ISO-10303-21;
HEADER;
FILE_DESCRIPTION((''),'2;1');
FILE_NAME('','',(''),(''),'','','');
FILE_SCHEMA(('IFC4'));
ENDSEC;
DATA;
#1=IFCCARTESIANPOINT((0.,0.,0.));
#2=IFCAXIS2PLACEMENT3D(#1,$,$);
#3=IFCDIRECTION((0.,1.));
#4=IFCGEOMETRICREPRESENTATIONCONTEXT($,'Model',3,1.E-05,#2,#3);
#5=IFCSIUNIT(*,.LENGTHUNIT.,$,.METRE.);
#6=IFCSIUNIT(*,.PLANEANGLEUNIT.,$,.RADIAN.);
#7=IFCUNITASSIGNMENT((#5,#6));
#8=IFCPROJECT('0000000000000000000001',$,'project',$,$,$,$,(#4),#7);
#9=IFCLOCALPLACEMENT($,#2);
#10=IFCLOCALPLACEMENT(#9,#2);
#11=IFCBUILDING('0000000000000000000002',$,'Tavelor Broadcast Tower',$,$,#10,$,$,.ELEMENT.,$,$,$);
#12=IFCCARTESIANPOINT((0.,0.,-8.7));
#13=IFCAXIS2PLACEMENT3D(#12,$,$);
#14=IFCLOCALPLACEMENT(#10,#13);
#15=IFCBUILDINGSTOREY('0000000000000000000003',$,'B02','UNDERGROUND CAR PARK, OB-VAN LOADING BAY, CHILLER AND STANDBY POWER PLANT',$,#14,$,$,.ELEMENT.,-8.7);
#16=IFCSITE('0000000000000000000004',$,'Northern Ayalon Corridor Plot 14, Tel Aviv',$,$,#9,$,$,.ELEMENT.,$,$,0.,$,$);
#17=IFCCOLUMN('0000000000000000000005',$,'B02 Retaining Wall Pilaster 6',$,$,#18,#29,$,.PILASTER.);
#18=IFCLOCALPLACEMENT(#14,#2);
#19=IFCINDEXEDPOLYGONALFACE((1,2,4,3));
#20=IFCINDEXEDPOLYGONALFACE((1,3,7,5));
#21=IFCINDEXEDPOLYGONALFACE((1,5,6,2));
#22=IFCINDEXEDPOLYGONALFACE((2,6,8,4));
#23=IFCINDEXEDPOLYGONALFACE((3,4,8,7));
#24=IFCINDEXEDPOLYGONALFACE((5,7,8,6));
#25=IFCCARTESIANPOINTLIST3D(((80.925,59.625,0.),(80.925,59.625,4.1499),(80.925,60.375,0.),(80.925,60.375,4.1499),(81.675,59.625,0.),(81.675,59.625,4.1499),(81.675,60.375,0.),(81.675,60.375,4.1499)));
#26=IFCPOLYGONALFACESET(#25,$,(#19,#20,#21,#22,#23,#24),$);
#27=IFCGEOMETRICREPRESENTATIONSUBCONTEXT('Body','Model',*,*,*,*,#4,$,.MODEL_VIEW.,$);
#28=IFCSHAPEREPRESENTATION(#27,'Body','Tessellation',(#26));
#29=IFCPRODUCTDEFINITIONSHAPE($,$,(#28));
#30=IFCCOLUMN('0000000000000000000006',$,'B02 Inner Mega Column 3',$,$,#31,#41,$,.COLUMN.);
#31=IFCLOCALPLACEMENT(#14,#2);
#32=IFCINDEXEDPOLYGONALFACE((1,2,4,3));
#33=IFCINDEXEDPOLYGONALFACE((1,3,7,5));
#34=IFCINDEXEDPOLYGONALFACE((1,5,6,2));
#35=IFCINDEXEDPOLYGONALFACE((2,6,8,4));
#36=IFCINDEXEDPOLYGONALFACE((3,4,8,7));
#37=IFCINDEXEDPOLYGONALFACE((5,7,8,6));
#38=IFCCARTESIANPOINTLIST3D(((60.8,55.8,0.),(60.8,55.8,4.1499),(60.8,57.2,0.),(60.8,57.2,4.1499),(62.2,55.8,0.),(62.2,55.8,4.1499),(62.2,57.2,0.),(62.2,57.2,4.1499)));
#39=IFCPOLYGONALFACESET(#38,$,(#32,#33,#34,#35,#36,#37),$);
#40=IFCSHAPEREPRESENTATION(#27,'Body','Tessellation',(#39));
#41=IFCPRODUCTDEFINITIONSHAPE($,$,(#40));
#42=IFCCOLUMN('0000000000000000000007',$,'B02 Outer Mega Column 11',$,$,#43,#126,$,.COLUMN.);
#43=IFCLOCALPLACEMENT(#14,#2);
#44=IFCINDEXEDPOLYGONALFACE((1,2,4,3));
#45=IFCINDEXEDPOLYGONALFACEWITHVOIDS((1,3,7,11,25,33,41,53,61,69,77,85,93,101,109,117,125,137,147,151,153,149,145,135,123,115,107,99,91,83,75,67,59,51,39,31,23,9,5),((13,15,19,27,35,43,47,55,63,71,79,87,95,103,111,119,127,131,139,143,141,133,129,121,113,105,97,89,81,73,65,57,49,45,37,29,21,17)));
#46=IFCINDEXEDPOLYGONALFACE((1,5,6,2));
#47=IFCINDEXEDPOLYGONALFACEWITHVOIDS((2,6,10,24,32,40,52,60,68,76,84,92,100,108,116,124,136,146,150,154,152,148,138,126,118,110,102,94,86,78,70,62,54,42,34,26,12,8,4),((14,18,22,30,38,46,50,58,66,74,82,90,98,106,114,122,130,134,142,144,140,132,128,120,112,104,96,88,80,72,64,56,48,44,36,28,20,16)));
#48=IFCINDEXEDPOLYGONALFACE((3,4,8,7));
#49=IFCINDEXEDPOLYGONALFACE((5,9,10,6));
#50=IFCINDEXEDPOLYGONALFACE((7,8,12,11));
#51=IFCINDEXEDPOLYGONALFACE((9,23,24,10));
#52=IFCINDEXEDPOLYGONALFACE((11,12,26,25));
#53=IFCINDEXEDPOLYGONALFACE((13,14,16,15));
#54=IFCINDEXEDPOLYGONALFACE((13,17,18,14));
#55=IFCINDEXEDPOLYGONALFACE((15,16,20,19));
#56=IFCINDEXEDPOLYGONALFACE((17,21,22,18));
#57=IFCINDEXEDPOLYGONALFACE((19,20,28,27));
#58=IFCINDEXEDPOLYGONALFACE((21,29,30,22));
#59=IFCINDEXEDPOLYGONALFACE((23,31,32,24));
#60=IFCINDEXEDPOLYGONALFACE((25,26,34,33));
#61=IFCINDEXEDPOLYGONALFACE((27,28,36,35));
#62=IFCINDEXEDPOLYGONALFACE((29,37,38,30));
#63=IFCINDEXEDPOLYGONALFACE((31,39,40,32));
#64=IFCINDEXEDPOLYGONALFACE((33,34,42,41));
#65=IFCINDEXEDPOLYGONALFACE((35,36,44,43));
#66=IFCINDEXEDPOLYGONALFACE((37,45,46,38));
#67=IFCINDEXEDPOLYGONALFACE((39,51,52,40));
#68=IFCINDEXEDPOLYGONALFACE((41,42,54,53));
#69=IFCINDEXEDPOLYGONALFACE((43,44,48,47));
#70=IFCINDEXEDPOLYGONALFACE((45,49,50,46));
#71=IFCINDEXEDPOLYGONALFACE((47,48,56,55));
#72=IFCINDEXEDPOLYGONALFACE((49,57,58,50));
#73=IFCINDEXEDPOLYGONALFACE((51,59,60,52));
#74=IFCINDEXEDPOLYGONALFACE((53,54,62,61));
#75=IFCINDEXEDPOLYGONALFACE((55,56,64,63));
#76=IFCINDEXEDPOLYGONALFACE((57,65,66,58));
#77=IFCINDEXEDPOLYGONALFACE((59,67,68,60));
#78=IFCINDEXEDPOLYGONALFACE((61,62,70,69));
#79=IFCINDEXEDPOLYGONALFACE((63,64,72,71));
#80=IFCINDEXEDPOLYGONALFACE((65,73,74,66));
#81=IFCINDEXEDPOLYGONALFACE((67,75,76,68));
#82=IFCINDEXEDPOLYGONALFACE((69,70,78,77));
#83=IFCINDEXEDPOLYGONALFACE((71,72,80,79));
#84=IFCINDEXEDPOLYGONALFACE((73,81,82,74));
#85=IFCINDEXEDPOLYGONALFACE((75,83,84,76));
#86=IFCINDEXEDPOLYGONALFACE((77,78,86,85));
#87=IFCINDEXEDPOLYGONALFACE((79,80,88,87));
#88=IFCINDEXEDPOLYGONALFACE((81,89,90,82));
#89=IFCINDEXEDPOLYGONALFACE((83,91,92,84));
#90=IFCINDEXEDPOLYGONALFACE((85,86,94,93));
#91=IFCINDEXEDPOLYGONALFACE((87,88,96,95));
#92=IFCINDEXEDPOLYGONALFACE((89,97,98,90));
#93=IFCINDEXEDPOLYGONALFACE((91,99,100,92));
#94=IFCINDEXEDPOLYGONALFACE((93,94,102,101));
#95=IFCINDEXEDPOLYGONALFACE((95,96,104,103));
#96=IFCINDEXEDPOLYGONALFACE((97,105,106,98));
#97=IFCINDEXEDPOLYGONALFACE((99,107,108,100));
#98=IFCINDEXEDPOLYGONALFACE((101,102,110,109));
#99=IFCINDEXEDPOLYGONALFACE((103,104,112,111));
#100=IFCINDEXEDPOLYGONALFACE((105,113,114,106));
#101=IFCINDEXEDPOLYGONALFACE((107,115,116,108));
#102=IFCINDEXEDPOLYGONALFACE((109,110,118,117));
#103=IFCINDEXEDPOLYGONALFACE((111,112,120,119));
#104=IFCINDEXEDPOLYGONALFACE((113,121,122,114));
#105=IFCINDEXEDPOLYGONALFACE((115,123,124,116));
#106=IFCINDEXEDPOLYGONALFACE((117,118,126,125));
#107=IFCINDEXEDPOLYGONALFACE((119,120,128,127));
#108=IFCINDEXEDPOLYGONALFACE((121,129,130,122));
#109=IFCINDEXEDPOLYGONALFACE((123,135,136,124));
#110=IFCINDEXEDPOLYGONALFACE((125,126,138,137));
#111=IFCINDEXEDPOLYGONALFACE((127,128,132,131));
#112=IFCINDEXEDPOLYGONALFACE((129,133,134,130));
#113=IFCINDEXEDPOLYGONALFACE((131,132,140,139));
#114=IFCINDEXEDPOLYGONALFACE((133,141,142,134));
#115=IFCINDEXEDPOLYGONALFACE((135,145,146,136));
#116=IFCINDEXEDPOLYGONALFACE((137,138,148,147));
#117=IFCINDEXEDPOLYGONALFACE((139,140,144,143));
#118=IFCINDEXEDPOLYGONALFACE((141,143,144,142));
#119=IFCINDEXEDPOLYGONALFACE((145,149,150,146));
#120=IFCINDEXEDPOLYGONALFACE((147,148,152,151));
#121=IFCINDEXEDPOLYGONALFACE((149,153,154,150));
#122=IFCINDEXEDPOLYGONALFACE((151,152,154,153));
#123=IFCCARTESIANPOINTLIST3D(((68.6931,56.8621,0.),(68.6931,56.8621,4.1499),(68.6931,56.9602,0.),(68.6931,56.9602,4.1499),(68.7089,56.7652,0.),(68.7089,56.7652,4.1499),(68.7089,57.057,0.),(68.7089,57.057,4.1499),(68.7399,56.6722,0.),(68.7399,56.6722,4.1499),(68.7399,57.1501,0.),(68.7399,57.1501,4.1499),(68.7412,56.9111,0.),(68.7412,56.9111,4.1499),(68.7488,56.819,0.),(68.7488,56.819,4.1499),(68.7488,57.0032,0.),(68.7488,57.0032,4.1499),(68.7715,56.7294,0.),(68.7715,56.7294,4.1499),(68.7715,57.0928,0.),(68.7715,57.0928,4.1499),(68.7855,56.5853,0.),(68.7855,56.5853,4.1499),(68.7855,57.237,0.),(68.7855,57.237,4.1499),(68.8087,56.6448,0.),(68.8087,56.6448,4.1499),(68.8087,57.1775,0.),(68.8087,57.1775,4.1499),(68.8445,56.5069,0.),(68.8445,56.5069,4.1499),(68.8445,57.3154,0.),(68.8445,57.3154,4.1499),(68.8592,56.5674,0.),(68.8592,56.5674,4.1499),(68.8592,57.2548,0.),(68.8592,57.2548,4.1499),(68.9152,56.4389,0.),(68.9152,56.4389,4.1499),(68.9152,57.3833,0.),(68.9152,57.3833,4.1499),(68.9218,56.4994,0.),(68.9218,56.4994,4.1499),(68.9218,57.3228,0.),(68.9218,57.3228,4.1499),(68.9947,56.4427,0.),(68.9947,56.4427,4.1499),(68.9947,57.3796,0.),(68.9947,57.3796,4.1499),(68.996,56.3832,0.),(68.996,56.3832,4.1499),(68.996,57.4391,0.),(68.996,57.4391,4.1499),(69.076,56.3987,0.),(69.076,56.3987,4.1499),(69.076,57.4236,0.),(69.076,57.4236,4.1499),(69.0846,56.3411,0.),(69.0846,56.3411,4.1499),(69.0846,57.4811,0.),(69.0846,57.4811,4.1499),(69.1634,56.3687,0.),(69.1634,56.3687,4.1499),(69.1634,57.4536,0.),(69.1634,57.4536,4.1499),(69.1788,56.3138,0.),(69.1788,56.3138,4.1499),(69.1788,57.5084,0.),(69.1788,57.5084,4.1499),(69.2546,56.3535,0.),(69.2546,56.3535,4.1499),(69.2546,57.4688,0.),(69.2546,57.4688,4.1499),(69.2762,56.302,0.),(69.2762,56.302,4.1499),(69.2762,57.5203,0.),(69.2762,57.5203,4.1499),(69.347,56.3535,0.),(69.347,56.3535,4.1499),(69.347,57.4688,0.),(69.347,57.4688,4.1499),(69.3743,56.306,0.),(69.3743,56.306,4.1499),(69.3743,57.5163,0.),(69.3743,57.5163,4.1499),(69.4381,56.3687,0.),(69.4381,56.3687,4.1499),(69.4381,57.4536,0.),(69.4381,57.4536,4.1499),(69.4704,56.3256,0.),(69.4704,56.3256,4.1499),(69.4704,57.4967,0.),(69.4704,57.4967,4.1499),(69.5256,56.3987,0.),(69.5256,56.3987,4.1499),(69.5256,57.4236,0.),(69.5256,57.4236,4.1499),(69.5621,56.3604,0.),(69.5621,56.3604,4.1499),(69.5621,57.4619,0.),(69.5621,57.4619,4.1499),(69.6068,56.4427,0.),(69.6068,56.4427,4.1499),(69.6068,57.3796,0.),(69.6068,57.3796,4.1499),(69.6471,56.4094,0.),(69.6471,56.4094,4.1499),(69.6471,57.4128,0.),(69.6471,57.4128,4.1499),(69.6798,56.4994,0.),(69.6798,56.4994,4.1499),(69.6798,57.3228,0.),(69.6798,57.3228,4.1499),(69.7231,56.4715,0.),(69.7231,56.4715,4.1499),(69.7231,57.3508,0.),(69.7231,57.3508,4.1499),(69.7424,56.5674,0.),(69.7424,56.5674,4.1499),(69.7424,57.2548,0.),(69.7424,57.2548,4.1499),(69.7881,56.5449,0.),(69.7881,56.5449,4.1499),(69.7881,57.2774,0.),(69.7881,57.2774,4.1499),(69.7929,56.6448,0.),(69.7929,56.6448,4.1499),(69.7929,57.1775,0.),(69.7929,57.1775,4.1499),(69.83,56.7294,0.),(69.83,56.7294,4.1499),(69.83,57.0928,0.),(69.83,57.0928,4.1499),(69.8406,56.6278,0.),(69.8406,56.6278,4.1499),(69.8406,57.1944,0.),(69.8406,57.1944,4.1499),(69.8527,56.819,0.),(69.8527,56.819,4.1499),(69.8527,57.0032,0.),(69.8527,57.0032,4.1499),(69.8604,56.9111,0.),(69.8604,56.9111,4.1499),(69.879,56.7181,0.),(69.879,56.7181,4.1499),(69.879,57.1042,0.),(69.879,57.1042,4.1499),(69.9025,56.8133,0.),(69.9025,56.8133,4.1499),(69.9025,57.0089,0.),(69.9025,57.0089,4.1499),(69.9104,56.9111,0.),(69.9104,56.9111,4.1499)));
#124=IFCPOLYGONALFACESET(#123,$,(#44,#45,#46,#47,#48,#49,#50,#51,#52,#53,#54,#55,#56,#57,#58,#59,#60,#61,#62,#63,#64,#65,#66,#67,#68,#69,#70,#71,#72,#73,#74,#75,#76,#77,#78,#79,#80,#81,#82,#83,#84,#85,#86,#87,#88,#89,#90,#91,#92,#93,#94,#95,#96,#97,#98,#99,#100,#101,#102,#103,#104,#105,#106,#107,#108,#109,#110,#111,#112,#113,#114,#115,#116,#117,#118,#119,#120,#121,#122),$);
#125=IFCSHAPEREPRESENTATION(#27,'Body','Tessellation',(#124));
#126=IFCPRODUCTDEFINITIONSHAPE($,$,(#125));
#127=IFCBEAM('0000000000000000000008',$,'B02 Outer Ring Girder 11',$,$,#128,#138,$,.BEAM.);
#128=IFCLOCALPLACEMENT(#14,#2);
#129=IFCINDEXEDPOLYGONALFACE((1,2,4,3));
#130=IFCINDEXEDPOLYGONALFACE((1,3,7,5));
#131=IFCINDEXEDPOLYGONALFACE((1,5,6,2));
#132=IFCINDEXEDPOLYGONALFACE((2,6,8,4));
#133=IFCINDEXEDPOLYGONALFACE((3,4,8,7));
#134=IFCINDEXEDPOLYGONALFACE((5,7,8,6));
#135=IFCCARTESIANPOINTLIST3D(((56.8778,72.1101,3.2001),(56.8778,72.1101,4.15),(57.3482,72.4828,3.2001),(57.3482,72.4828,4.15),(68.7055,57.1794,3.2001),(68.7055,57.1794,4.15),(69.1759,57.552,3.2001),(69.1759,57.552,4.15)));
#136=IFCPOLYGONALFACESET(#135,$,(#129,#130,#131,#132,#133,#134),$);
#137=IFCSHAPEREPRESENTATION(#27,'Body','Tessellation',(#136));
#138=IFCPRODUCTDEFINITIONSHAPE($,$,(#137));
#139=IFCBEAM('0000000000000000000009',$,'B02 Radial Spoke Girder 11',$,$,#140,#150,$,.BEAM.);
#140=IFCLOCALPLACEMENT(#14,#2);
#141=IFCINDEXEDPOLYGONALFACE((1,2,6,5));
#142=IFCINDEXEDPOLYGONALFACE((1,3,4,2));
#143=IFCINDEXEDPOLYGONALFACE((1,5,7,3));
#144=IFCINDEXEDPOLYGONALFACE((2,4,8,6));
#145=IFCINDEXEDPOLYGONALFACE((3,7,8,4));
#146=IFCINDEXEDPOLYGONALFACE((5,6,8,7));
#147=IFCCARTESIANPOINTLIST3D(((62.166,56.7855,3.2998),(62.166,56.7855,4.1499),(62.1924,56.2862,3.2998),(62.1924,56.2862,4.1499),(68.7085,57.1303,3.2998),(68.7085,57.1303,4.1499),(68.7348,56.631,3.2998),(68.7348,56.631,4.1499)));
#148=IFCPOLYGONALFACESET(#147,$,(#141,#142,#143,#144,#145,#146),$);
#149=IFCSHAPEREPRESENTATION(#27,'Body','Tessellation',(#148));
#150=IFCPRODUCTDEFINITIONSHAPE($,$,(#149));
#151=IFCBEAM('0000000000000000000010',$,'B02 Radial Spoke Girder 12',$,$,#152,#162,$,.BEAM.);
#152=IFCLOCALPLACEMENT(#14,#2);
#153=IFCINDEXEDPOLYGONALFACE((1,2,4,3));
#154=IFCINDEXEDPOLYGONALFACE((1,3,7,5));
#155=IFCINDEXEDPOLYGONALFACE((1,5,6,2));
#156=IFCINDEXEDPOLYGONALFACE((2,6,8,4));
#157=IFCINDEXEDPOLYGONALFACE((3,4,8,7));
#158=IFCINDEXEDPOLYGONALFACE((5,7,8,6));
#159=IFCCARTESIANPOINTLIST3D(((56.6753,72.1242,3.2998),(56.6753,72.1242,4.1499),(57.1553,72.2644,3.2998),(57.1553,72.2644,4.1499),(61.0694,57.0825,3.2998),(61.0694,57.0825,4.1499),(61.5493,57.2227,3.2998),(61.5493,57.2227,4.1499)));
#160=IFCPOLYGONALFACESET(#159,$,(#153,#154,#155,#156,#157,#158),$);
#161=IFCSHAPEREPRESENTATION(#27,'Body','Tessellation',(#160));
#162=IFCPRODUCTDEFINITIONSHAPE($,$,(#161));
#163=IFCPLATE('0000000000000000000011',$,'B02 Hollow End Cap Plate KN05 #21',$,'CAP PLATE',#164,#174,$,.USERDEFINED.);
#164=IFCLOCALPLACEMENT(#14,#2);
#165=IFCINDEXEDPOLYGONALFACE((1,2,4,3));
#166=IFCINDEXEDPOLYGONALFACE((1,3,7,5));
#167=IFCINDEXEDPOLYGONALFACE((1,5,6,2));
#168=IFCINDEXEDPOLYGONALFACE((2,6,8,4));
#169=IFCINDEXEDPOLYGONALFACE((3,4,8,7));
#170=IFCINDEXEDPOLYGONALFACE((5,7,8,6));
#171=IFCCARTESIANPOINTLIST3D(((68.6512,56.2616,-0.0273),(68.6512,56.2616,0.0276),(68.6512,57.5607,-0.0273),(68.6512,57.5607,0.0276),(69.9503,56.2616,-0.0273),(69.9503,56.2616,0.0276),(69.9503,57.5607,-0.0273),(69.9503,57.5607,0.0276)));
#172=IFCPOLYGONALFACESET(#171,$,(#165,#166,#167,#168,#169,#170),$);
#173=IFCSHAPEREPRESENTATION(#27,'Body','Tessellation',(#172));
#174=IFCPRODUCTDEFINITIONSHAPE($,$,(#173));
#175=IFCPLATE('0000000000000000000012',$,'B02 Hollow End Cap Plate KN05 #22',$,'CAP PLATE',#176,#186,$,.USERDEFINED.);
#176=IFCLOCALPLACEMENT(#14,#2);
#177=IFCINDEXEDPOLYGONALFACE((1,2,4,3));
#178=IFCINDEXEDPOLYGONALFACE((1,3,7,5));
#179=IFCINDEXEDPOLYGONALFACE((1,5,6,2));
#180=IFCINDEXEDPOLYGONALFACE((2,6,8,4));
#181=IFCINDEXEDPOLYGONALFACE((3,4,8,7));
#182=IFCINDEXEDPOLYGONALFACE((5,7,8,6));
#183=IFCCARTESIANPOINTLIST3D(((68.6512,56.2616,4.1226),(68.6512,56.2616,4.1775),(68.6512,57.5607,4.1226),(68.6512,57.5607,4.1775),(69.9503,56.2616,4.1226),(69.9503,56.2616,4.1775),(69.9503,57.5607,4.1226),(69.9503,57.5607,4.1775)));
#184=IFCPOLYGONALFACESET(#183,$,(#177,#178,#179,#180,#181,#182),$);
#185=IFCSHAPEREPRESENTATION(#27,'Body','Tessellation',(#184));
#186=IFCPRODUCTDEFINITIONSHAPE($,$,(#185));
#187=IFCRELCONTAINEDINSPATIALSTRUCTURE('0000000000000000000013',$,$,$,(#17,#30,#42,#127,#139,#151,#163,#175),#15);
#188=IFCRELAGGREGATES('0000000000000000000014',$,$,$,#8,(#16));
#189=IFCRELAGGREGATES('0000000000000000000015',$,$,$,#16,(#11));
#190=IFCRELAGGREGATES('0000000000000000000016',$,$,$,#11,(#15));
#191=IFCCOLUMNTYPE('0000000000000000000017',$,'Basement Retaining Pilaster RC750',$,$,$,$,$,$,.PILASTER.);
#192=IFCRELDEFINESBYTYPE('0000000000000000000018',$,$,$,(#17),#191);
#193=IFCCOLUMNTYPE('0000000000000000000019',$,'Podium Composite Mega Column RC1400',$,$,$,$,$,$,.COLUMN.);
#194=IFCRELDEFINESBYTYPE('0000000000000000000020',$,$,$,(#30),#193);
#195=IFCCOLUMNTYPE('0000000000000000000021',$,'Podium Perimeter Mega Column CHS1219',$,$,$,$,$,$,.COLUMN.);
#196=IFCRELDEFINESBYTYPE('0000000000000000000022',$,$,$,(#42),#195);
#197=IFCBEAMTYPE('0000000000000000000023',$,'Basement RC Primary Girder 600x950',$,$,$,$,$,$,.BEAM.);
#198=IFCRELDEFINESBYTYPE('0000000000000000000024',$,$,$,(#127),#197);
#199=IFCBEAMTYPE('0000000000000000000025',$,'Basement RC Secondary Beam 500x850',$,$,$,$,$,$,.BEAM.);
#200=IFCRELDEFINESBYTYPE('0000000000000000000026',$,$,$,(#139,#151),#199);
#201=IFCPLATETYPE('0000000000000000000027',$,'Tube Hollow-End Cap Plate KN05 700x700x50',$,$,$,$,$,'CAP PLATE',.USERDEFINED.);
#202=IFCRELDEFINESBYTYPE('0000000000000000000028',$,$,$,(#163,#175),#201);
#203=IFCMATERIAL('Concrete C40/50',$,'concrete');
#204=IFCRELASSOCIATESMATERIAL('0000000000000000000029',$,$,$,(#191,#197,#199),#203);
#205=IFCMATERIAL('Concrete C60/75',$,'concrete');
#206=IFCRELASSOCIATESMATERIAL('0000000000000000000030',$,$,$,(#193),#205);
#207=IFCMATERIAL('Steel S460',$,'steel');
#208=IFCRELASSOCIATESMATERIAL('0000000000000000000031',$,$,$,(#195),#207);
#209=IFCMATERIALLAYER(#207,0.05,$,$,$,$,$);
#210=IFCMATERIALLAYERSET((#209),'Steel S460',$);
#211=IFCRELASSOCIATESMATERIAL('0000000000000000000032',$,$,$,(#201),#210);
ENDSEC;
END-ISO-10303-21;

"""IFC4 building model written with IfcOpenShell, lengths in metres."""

from ifc_helpers import new_model, si_unit, direction, frame, origin, origin_2d, place, context, subcontext, project, spatial, rectangle, hollow_circle, extrude, source, transform, mapped, material, layer, layer_set, material_profile, profile_set, type_object, type_shapes, element, save


model = new_model("IFC4")

# Units and contexts
model_context = context("Model", 3, precision=1e-05, world=origin(), true_north=direction((0.0, 1.0)))
body_context = subcontext(model_context, "Body", "Model", "MODEL_VIEW")
ifc_project = project(units=[si_unit("LENGTHUNIT", "METRE"), si_unit("PLANEANGLEUNIT", "RADIAN")], contexts=[model_context])

# Site, building, storey
site_placement = place(None, origin())
site = spatial("IfcSite", under=ifc_project, at=site_placement, Name="Northern Ayalon Corridor Plot 14, Tel Aviv", CompositionType="ELEMENT", RefElevation=0.0)
building_placement = place(site_placement, origin())
building = spatial("IfcBuilding", under=site, at=building_placement, Name="Tavelor Broadcast Tower", CompositionType="ELEMENT")
storey_placement = place(building_placement, frame((0.0, 0.0, -8.7)))
storey = spatial("IfcBuildingStorey", under=building, at=storey_placement, Name="B02", Description="UNDERGROUND CAR PARK, OB-VAN LOADING BAY, CHILLER AND STANDBY POWER PLANT", CompositionType="ELEMENT", Elevation=-8.7)

# Shared definitions
ifc_material_1 = material(Name="Concrete C40/50", Category="concrete")

# Columns
ifc_material_profile_1 = material_profile(ifc_material_1, rectangle(XDim=0.75, YDim=0.75, at=origin_2d()), Name="RC 750x750")
ifc_profile_set_1 = profile_set([ifc_material_profile_1], Name="Concrete C40/50")
column_type_1 = type_object("IfcColumnType", Name="Basement Retaining Pilaster RC750", PredefinedType="PILASTER", material=ifc_profile_set_1)
column_1_placement = place(storey_placement, frame((81.3, 60.0, 0.0), z_axis=(0.0, 0.0, 1.0), x_axis=(1.0, 0.0, 0.0)))
element("IfcColumn", 1, at=column_1_placement, inside=storey, type_object=column_type_1, Name="B02 Retaining Wall Pilaster 6", PredefinedType="PILASTER", context=body_context, shape_type="SweptSolid", body=[
    extrude(rectangle(XDim=0.75, YDim=0.75, at=origin_2d()), origin(), (0.0, 0.0, 1.0), 4.1499),
])
ifc_material_2 = material(Name="Concrete C60/75", Category="concrete")
ifc_material_profile_2 = material_profile(ifc_material_2, rectangle(XDim=1.3999, YDim=1.3999, at=origin_2d()), Name="RC 1400x1400")
ifc_profile_set_2 = profile_set([ifc_material_profile_2], Name="Concrete C60/75")
column_type_2 = type_object("IfcColumnType", Name="Podium Composite Mega Column RC1400", PredefinedType="COLUMN", material=ifc_profile_set_2)
column_2_placement = place(storey_placement, frame((61.5, 56.5, 0.0), z_axis=(0.0, 0.0, 1.0), x_axis=(1.0, 0.0, 0.0)))
element("IfcColumn", 2, at=column_2_placement, inside=storey, type_object=column_type_2, Name="B02 Inner Mega Column 3", PredefinedType="COLUMN", context=body_context, shape_type="SweptSolid", body=[
    extrude(rectangle(XDim=1.3999, YDim=1.3999, at=origin_2d()), origin(), (0.0, 0.0, 1.0), 4.1499),
])
ifc_material_3 = material(Name="Steel S460", Category="steel")
ifc_material_profile_3 = material_profile(ifc_material_3, hollow_circle(Radius=0.6096, WallThickness=0.05, at=origin_2d()), Name="CHS 1219x50")
ifc_profile_set_3 = profile_set([ifc_material_profile_3], Name="Steel S460")
column_type_3 = type_object("IfcColumnType", Name="Podium Perimeter Mega Column CHS1219", PredefinedType="COLUMN", material=ifc_profile_set_3)
column_3_placement = place(storey_placement, frame((69.3008, 56.9111, 0.0), z_axis=(0.0, 0.0, 1.0), x_axis=(1.0, 0.0, 0.0)))
element("IfcColumn", 3, at=column_3_placement, inside=storey, type_object=column_type_3, Name="B02 Outer Mega Column 11", PredefinedType="COLUMN", context=body_context, shape_type="SweptSolid", body=[
    extrude(hollow_circle(Radius=0.6096, WallThickness=0.05, at=origin_2d()), origin(), (0.0, 0.0, 1.0), 4.1499),
])

# Beams
ifc_material_profile_4 = material_profile(ifc_material_1, rectangle(XDim=0.6001, YDim=0.95, at=origin_2d()), Name="RC 600x950")
ifc_profile_set_4 = profile_set([ifc_material_profile_4], Name="Concrete C40/50")
beam_type_1 = type_object("IfcBeamType", Name="Basement RC Primary Girder 600x950", PredefinedType="BEAM", material=ifc_profile_set_4)
beam_1_placement = place(storey_placement, frame((68.9407, 57.3657, 3.675), z_axis=(-0.620946, 0.783853, 0.0), x_axis=(-0.783853, -0.620946, 0.0)))
element("IfcBeam", 4, at=beam_1_placement, inside=storey, type_object=beam_type_1, Name="B02 Outer Ring Girder 11", PredefinedType="BEAM", context=body_context, shape_type="SweptSolid", body=[
    extrude(rectangle(XDim=0.6001, YDim=0.95, at=origin_2d()), origin(), (0.0, 0.0, 1.0), 19.0479),
])
ifc_material_profile_5 = material_profile(ifc_material_1, rectangle(XDim=0.5, YDim=0.8501, at=origin_2d()), Name="RC 500x850")
ifc_profile_set_5 = profile_set([ifc_material_profile_5], Name="Concrete C40/50")
beam_type_2 = type_object("IfcBeamType", Name="Basement RC Secondary Beam 500x850", PredefinedType="BEAM", material=ifc_profile_set_5)
beam_2_placement = place(storey_placement, frame((62.1792, 56.5359, 3.7249), z_axis=(0.998615, 0.052618, 0.0), x_axis=(-0.052618, 0.998615, 0.0)))
element("IfcBeam", 5, at=beam_2_placement, inside=storey, type_object=beam_type_2, Name="B02 Radial Spoke Girder 11", PredefinedType="BEAM", context=body_context, shape_type="SweptSolid", body=[
    extrude(rectangle(XDim=0.5, YDim=0.8501, at=origin_2d()), origin(), (0.0, 0.0, 1.0), 6.5515),
])
beam_3_placement = place(storey_placement, frame((61.3093, 57.1526, 3.7249), z_axis=(-0.280404, 0.959882, 0.0), x_axis=(-0.959882, -0.280404, 0.0)))
element("IfcBeam", 6, at=beam_3_placement, inside=storey, type_object=beam_type_2, Name="B02 Radial Spoke Girder 12", PredefinedType="BEAM", context=body_context, shape_type="SweptSolid", body=[
    extrude(rectangle(XDim=0.5, YDim=0.8501, at=origin_2d()), origin(), (0.0, 0.0, 1.0), 15.6704),
])

# Plates
ifc_layer = layer(ifc_material_3, 0.05)
ifc_layer_set = layer_set([ifc_layer], Name="Steel S460")
plate_type = type_object("IfcPlateType", Name="Tube Hollow-End Cap Plate KN05 700x700x50", ElementType="CAP PLATE", PredefinedType="USERDEFINED", material=ifc_layer_set)
shared_shape = source(origin(), body_context, "Body", "SweptSolid", [
    extrude(rectangle(XDim=1.2991, YDim=1.2991, at=origin_2d()), origin(), (0.0, 0.0, 1.0), 0.0549),
])
type_shapes(plate_type, [shared_shape])
for number, where, z_axis, x_axis, name in (
    (7, (69.3008, 56.9111, -0.0273), (0.0, 0.0, 1.0), (1.0, 0.0, 0.0), "B02 Hollow End Cap Plate KN05 #21"),
    (8, (69.3008, 56.9111, 4.1226), (0.0, 0.0, 1.0), (1.0, 0.0, 0.0), "B02 Hollow End Cap Plate KN05 #22"),
):
    element("IfcPlate", number, at=place(storey_placement, frame(where, z_axis=z_axis, x_axis=x_axis)), inside=storey, type_object=plate_type, Name=name, ObjectType="CAP PLATE", PredefinedType="USERDEFINED", context=body_context, shape_type="MappedRepresentation", body=[
        mapped(shared_shape, transform((0.0, 0.0, 0.0), scale=1.0)),
    ])

save(model, "model.ifc")
